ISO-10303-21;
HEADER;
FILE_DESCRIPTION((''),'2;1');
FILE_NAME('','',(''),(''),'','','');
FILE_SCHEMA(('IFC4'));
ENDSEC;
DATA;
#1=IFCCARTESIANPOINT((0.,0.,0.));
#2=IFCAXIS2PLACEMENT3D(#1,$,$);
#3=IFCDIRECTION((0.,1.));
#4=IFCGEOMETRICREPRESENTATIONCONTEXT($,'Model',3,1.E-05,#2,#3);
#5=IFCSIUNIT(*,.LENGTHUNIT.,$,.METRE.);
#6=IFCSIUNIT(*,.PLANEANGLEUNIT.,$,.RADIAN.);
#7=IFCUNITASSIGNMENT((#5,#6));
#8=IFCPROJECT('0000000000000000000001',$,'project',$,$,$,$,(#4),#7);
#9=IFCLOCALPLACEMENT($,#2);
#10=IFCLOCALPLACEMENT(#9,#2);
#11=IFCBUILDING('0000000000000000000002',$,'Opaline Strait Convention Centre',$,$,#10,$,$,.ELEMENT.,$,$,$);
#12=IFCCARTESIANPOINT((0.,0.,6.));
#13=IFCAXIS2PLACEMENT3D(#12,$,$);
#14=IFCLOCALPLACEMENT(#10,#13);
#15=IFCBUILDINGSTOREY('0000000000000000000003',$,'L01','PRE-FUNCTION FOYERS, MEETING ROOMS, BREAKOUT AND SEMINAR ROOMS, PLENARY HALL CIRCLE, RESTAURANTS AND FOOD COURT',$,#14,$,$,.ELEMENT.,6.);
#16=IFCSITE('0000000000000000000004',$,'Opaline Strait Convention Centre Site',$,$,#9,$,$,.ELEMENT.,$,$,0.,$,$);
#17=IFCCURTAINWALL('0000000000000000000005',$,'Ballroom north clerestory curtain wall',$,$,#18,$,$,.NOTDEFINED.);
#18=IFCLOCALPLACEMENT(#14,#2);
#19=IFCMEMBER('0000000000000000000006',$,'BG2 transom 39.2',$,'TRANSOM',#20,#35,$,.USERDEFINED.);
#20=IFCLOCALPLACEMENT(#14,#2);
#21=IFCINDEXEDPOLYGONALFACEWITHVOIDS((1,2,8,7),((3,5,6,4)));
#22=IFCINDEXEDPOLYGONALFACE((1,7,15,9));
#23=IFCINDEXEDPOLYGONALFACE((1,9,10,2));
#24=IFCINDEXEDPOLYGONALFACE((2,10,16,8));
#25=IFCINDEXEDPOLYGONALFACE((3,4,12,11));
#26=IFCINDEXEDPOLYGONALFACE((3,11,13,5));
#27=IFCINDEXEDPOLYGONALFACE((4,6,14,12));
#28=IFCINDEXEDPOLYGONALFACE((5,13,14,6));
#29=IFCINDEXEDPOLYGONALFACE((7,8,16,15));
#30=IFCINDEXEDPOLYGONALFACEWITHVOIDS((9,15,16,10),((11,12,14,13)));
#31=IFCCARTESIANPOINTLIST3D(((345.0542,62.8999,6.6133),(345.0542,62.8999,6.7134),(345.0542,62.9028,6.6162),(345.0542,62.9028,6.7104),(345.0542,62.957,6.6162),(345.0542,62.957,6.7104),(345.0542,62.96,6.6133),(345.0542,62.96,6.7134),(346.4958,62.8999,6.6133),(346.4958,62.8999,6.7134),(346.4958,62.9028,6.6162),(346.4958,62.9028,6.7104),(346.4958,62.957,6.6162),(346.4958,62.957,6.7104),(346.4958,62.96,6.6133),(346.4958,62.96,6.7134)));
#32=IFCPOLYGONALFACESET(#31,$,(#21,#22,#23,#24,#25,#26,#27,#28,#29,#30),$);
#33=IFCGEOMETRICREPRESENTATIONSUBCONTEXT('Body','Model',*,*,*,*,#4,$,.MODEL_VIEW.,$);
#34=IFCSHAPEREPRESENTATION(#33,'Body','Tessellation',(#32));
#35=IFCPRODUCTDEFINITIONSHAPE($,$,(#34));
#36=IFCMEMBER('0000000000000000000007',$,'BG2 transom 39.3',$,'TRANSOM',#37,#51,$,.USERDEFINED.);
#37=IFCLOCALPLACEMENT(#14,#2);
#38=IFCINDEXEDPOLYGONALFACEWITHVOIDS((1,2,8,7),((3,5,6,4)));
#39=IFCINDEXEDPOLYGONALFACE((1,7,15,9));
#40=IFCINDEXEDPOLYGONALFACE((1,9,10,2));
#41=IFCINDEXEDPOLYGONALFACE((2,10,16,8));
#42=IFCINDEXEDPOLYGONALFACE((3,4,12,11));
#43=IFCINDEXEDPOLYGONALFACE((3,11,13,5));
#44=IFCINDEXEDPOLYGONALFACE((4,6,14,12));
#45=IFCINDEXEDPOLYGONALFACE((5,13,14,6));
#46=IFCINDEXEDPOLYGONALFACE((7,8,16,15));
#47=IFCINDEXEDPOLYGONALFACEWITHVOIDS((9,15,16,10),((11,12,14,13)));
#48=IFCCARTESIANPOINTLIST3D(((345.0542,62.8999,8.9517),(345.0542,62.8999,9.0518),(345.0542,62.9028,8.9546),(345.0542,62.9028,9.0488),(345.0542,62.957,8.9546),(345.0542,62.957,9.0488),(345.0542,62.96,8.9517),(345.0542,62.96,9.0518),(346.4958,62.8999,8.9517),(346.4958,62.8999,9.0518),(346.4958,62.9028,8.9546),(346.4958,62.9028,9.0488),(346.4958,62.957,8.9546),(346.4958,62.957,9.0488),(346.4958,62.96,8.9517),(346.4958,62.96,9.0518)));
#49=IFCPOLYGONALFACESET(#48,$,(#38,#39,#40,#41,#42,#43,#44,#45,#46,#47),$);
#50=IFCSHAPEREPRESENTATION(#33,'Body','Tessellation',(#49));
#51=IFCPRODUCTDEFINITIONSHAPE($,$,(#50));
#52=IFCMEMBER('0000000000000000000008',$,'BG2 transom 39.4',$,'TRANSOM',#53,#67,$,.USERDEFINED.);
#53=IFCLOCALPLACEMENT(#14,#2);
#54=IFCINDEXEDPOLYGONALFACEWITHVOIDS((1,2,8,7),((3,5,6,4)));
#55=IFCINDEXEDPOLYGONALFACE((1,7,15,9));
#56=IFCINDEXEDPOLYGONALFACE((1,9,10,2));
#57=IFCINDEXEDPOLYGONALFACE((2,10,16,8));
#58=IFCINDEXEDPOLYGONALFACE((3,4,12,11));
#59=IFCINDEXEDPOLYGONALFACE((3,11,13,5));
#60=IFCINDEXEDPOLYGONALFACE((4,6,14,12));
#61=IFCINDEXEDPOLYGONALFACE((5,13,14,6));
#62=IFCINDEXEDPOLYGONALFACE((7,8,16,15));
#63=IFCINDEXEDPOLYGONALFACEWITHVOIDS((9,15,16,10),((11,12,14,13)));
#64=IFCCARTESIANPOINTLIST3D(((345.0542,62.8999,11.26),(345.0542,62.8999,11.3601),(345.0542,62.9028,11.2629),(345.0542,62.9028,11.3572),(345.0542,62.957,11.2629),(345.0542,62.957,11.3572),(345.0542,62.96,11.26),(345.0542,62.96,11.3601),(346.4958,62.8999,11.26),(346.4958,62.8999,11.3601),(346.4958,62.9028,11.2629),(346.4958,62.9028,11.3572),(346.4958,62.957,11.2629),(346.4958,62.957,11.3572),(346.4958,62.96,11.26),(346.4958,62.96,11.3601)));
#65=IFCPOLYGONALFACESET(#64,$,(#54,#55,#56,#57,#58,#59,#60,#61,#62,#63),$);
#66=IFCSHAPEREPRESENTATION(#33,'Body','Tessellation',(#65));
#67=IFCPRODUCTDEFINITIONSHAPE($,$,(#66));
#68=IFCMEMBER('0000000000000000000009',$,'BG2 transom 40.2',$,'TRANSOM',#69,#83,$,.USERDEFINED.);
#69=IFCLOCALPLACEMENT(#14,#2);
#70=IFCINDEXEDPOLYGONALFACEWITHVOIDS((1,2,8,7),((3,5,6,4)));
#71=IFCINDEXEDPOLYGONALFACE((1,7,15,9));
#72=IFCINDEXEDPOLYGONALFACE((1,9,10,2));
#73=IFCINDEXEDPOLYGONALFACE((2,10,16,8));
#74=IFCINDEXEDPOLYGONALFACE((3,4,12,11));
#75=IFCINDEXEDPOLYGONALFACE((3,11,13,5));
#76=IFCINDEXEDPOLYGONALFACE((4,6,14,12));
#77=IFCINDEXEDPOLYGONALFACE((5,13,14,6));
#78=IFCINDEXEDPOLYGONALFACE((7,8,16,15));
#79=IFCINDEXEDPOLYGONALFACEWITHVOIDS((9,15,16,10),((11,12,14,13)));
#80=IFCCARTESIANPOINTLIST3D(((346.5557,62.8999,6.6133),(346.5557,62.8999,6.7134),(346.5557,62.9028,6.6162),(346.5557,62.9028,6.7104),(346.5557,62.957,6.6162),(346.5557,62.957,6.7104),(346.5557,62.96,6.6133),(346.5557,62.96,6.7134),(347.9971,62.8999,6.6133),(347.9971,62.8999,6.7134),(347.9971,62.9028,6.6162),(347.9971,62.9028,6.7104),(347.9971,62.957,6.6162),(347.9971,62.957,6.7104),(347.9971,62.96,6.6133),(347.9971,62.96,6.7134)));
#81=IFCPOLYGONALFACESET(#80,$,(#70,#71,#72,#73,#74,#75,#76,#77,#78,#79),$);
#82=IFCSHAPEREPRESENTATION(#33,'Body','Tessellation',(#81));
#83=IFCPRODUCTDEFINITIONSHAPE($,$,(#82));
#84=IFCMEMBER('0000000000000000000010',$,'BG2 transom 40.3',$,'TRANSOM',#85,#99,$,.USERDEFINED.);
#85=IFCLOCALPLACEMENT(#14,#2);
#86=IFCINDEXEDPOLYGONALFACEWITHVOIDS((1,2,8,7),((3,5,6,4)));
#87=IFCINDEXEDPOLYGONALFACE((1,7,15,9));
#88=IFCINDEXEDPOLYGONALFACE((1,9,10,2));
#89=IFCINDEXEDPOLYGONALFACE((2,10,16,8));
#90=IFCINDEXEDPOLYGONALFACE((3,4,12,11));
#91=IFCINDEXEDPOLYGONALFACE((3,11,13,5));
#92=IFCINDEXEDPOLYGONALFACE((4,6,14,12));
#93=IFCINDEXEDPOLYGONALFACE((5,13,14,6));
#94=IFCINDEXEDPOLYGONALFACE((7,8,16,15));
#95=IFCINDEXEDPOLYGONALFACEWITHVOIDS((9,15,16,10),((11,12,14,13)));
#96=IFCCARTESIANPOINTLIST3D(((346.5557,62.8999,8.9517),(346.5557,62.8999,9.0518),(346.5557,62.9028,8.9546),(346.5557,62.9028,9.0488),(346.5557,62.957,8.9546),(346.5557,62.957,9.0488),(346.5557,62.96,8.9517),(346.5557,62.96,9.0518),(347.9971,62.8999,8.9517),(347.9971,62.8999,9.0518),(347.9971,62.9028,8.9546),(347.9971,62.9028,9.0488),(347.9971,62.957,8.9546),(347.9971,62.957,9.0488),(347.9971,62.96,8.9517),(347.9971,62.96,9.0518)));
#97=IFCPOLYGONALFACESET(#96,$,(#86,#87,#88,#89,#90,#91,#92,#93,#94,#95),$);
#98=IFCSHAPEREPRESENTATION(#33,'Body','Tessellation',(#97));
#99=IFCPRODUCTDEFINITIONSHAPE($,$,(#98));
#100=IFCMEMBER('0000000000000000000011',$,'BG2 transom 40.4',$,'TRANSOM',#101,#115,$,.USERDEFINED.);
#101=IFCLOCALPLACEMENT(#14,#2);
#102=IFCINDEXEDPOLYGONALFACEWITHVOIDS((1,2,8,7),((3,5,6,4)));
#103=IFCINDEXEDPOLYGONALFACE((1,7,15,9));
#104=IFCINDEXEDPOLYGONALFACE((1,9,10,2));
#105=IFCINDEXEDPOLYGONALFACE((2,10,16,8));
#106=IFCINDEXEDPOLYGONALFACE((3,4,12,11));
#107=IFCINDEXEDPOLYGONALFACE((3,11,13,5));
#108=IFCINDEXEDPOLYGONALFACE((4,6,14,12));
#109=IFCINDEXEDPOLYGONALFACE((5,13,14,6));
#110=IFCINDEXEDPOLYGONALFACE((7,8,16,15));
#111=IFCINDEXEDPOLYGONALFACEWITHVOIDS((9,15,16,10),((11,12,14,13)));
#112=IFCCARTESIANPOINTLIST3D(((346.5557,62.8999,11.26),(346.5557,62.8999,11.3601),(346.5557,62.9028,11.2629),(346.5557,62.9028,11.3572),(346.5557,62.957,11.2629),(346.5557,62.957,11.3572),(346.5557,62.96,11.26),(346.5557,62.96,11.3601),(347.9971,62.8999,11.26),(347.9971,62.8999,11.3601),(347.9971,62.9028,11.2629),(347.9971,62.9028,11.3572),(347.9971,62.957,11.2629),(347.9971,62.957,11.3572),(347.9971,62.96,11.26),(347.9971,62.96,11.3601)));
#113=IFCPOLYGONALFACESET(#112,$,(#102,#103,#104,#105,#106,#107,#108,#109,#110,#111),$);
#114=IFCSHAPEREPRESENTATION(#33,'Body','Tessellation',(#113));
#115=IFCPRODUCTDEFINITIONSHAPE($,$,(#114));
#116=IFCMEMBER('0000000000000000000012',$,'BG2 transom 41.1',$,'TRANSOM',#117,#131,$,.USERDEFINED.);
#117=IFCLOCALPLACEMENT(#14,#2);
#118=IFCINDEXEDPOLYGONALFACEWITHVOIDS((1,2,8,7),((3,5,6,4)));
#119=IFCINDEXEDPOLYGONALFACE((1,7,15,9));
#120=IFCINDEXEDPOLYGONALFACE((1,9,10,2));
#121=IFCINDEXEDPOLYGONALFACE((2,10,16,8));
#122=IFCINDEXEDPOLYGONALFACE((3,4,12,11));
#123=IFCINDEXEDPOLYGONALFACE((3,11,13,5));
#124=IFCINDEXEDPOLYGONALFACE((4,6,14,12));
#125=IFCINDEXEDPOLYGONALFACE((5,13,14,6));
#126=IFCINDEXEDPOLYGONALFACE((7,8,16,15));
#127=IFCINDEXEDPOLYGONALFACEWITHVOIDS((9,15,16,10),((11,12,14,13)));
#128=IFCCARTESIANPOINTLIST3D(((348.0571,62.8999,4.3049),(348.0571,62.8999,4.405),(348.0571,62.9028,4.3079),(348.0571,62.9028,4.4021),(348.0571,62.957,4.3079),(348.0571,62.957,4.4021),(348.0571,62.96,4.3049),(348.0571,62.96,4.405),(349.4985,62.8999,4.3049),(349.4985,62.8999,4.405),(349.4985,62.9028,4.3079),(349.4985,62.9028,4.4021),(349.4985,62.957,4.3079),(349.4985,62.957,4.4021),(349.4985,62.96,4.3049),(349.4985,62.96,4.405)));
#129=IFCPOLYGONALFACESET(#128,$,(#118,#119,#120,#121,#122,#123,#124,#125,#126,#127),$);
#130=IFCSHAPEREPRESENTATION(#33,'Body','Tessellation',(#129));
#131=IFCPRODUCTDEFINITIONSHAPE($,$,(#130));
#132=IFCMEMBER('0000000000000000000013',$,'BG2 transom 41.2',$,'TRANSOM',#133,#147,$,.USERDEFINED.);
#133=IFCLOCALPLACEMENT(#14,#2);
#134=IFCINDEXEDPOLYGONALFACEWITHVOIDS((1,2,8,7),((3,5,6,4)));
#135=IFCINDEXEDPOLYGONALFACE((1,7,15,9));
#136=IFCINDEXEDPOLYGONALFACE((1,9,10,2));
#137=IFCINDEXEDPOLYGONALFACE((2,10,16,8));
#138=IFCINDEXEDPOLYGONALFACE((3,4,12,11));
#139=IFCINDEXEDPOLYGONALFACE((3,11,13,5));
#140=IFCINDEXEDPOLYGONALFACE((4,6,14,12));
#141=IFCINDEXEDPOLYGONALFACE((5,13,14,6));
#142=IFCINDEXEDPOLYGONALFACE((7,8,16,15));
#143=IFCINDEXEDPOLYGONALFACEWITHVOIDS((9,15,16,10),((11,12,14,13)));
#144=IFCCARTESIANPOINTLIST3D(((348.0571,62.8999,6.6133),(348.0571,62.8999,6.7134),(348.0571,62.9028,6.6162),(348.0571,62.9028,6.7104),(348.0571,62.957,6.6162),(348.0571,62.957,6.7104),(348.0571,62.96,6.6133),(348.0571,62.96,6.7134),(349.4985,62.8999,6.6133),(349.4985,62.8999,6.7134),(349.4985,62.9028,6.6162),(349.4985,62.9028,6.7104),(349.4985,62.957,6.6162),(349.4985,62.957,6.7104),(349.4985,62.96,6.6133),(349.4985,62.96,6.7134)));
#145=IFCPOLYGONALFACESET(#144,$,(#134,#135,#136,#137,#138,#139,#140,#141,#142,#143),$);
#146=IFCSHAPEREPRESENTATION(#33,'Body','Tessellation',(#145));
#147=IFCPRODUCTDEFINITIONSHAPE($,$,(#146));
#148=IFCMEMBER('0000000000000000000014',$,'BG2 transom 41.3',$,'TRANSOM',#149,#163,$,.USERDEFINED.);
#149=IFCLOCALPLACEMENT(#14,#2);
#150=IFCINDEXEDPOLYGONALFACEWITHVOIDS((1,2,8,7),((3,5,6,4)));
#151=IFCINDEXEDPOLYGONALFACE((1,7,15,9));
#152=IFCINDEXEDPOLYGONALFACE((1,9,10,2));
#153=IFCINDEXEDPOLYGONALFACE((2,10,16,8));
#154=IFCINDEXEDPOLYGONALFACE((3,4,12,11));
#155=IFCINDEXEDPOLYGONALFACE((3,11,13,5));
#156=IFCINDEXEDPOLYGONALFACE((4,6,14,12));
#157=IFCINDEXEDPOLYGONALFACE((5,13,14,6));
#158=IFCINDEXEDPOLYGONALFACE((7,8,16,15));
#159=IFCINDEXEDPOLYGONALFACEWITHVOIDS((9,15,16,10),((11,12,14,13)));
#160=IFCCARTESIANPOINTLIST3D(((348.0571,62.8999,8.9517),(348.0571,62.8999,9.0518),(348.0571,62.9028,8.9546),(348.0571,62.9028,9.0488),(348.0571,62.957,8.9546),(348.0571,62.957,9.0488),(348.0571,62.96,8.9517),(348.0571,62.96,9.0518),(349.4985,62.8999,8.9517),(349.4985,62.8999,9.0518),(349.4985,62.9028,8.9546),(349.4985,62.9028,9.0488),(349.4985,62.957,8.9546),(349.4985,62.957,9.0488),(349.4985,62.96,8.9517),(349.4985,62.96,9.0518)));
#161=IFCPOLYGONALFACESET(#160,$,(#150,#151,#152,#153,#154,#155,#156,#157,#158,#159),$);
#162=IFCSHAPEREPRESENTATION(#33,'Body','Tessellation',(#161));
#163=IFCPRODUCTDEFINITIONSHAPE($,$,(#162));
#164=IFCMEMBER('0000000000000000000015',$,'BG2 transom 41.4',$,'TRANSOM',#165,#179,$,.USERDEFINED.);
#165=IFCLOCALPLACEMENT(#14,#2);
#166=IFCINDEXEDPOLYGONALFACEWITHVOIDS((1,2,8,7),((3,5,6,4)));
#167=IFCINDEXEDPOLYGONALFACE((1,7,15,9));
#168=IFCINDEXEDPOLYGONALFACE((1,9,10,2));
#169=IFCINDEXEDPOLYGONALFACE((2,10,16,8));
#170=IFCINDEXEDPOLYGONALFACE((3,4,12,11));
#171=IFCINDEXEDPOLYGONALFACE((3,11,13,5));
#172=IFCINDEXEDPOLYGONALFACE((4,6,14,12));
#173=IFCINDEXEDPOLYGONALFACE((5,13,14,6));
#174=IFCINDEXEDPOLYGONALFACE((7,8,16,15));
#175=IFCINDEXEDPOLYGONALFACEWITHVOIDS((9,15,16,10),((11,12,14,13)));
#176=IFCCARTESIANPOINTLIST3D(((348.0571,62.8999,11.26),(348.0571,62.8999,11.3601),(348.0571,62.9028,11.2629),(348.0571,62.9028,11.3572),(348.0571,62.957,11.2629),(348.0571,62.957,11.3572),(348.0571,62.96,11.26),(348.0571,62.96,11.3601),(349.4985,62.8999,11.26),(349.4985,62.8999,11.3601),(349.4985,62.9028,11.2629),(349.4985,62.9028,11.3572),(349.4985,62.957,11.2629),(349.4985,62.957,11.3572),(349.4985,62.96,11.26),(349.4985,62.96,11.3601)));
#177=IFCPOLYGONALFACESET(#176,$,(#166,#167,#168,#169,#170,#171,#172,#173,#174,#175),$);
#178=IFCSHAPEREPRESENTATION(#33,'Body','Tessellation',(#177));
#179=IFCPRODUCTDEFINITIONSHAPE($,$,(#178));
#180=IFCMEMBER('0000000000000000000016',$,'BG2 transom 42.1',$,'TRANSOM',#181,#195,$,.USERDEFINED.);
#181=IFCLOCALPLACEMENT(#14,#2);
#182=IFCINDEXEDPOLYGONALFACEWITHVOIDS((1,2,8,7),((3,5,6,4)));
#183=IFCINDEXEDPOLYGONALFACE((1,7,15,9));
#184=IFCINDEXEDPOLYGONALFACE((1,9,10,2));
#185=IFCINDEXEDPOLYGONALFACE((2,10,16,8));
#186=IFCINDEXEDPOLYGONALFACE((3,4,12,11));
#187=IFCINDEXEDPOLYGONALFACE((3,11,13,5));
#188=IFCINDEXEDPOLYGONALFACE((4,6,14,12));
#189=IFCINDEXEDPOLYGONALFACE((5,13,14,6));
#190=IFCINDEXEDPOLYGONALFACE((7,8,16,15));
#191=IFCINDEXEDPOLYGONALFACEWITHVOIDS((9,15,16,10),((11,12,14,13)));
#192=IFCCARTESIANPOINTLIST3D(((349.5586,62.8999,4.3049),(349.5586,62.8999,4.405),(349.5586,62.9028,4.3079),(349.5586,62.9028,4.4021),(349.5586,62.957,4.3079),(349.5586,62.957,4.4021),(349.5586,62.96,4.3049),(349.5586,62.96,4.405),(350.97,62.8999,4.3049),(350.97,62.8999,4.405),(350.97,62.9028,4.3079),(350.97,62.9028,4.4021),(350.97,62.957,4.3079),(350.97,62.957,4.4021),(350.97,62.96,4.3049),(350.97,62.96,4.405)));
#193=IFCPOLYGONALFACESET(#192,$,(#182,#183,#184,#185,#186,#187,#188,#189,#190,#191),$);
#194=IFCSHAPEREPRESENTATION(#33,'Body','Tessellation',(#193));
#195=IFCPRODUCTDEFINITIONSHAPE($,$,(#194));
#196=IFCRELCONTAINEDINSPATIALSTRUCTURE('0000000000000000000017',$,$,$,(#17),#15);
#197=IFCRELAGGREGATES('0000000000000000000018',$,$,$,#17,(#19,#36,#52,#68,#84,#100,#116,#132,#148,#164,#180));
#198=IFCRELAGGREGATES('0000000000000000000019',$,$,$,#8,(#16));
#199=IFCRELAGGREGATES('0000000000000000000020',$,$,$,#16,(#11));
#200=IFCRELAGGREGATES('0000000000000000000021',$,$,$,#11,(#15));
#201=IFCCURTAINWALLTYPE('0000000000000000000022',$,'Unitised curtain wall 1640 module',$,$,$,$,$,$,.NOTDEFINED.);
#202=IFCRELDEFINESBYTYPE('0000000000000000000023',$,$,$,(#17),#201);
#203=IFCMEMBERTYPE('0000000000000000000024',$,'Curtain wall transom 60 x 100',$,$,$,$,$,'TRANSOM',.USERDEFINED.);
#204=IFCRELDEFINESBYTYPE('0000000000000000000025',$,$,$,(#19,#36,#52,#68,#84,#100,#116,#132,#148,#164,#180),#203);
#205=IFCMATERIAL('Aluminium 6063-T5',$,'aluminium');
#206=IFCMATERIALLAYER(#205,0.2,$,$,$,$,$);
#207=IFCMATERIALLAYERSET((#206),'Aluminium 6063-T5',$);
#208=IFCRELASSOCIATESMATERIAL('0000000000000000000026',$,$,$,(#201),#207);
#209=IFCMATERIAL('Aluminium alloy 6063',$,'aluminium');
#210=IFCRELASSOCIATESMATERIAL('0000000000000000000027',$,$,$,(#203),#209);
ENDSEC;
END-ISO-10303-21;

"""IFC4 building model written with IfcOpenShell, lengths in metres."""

from ifc_helpers import new_model, si_unit, direction, frame, origin, origin_2d, place, context, subcontext, project, spatial, hollow_rectangle, extrude, material, layer, layer_set, material_profile, profile_set, type_object, element, aggregate, save


model = new_model("IFC4")

# Units and contexts
model_context = context("Model", 3, precision=1e-05, world=origin(), true_north=direction((0.0, 1.0)))
body_context = subcontext(model_context, "Body", "Model", "MODEL_VIEW")
ifc_project = project(units=[si_unit("LENGTHUNIT", "METRE"), si_unit("PLANEANGLEUNIT", "RADIAN")], contexts=[model_context])

# Site, building, storey
site_placement = place(None, origin())
site = spatial("IfcSite", under=ifc_project, at=site_placement, Name="Opaline Strait Convention Centre Site", CompositionType="ELEMENT", RefElevation=0.0)
building_placement = place(site_placement, origin())
building = spatial("IfcBuilding", under=site, at=building_placement, Name="Opaline Strait Convention Centre", CompositionType="ELEMENT")
storey_placement = place(building_placement, frame((0.0, 0.0, 6.0)))
storey = spatial("IfcBuildingStorey", under=building, at=storey_placement, Name="L01", Description="PRE-FUNCTION FOYERS, MEETING ROOMS, BREAKOUT AND SEMINAR ROOMS, PLENARY HALL CIRCLE, RESTAURANTS AND FOOD COURT", CompositionType="ELEMENT", Elevation=6.0)

# Curtain wall, members
ifc_material_1 = material(Name="Aluminium 6063-T5", Category="aluminium")
ifc_layer_1 = layer(ifc_material_1, 0.2)
ifc_layer_set_1 = layer_set([ifc_layer_1], Name="Aluminium 6063-T5")
curtain_wall_type = type_object("IfcCurtainWallType", Name="Unitised curtain wall 1640 module", PredefinedType="NOTDEFINED", material=ifc_layer_set_1)
curtain_wall_placement = place(storey_placement, origin())
curtain_wall = element("IfcCurtainWall", 1, at=curtain_wall_placement, inside=storey, type_object=curtain_wall_type, Name="Ballroom north clerestory curtain wall", PredefinedType="NOTDEFINED")
ifc_material_2 = material(Name="Aluminium alloy 6063", Category="aluminium")
ifc_material_profile = material_profile(ifc_material_2, hollow_rectangle(XDim=0.0601, YDim=0.1001, WallThickness=0.0029, at=origin_2d()), Name="TRANSOM 60x100x3")
ifc_profile_set = profile_set([ifc_material_profile], Name="Aluminium alloy 6063")
member_type = type_object("IfcMemberType", Name="Curtain wall transom 60 x 100", ElementType="TRANSOM", PredefinedType="USERDEFINED", material=ifc_profile_set)
member_1_placement = place(storey_placement, frame((345.0542, 62.9299, 6.6633), z_axis=(1.0, 0.0, 0.0), x_axis=(0.0, 1.0, 0.0)))
member_1 = element("IfcMember", 2, at=member_1_placement, type_object=member_type, Name="BG2 transom 39.2", ObjectType="TRANSOM", PredefinedType="USERDEFINED", context=body_context, shape_type="SweptSolid", body=[
    extrude(hollow_rectangle(XDim=0.0601, YDim=0.1001, WallThickness=0.0029, at=origin_2d()), origin(), (0.0, 0.0, 1.0), 1.4417),
])
member_2_placement = place(storey_placement, frame((345.0542, 62.9299, 9.0017), z_axis=(1.0, 0.0, 0.0), x_axis=(0.0, 1.0, 0.0)))
member_2 = element("IfcMember", 3, at=member_2_placement, type_object=member_type, Name="BG2 transom 39.3", ObjectType="TRANSOM", PredefinedType="USERDEFINED", context=body_context, shape_type="SweptSolid", body=[
    extrude(hollow_rectangle(XDim=0.0601, YDim=0.1001, WallThickness=0.0029, at=origin_2d()), origin(), (0.0, 0.0, 1.0), 1.4417),
])
member_3_placement = place(storey_placement, frame((345.0542, 62.9299, 11.3101), z_axis=(1.0, 0.0, 0.0), x_axis=(0.0, 1.0, 0.0)))
member_3 = element("IfcMember", 4, at=member_3_placement, type_object=member_type, Name="BG2 transom 39.4", ObjectType="TRANSOM", PredefinedType="USERDEFINED", context=body_context, shape_type="SweptSolid", body=[
    extrude(hollow_rectangle(XDim=0.0601, YDim=0.1001, WallThickness=0.0029, at=origin_2d()), origin(), (0.0, 0.0, 1.0), 1.4417),
])
member_4_placement = place(storey_placement, frame((346.5557, 62.9299, 6.6633), z_axis=(1.0, 0.0, 0.0), x_axis=(0.0, 1.0, 0.0)))
member_4 = element("IfcMember", 5, at=member_4_placement, type_object=member_type, Name="BG2 transom 40.2", ObjectType="TRANSOM", PredefinedType="USERDEFINED", context=body_context, shape_type="SweptSolid", body=[
    extrude(hollow_rectangle(XDim=0.0601, YDim=0.1001, WallThickness=0.0029, at=origin_2d()), origin(), (0.0, 0.0, 1.0), 1.4414),
])
member_5_placement = place(storey_placement, frame((346.5557, 62.9299, 9.0017), z_axis=(1.0, 0.0, 0.0), x_axis=(0.0, 1.0, 0.0)))
member_5 = element("IfcMember", 6, at=member_5_placement, type_object=member_type, Name="BG2 transom 40.3", ObjectType="TRANSOM", PredefinedType="USERDEFINED", context=body_context, shape_type="SweptSolid", body=[
    extrude(hollow_rectangle(XDim=0.0601, YDim=0.1001, WallThickness=0.0029, at=origin_2d()), origin(), (0.0, 0.0, 1.0), 1.4414),
])
member_6_placement = place(storey_placement, frame((346.5557, 62.9299, 11.3101), z_axis=(1.0, 0.0, 0.0), x_axis=(0.0, 1.0, 0.0)))
member_6 = element("IfcMember", 7, at=member_6_placement, type_object=member_type, Name="BG2 transom 40.4", ObjectType="TRANSOM", PredefinedType="USERDEFINED", context=body_context, shape_type="SweptSolid", body=[
    extrude(hollow_rectangle(XDim=0.0601, YDim=0.1001, WallThickness=0.0029, at=origin_2d()), origin(), (0.0, 0.0, 1.0), 1.4414),
])
member_7_placement = place(storey_placement, frame((348.0571, 62.9299, 4.355), z_axis=(1.0, 0.0, 0.0), x_axis=(0.0, 1.0, 0.0)))
member_7 = element("IfcMember", 8, at=member_7_placement, type_object=member_type, Name="BG2 transom 41.1", ObjectType="TRANSOM", PredefinedType="USERDEFINED", context=body_context, shape_type="SweptSolid", body=[
    extrude(hollow_rectangle(XDim=0.0601, YDim=0.1001, WallThickness=0.0029, at=origin_2d()), origin(), (0.0, 0.0, 1.0), 1.4414),
])
member_8_placement = place(storey_placement, frame((348.0571, 62.9299, 6.6633), z_axis=(1.0, 0.0, 0.0), x_axis=(0.0, 1.0, 0.0)))
member_8 = element("IfcMember", 9, at=member_8_placement, type_object=member_type, Name="BG2 transom 41.2", ObjectType="TRANSOM", PredefinedType="USERDEFINED", context=body_context, shape_type="SweptSolid", body=[
    extrude(hollow_rectangle(XDim=0.0601, YDim=0.1001, WallThickness=0.0029, at=origin_2d()), origin(), (0.0, 0.0, 1.0), 1.4414),
])
member_9_placement = place(storey_placement, frame((348.0571, 62.9299, 9.0017), z_axis=(1.0, 0.0, 0.0), x_axis=(0.0, 1.0, 0.0)))
member_9 = element("IfcMember", 10, at=member_9_placement, type_object=member_type, Name="BG2 transom 41.3", ObjectType="TRANSOM", PredefinedType="USERDEFINED", context=body_context, shape_type="SweptSolid", body=[
    extrude(hollow_rectangle(XDim=0.0601, YDim=0.1001, WallThickness=0.0029, at=origin_2d()), origin(), (0.0, 0.0, 1.0), 1.4414),
])
member_10_placement = place(storey_placement, frame((348.0571, 62.9299, 11.3101), z_axis=(1.0, 0.0, 0.0), x_axis=(0.0, 1.0, 0.0)))
member_10 = element("IfcMember", 11, at=member_10_placement, type_object=member_type, Name="BG2 transom 41.4", ObjectType="TRANSOM", PredefinedType="USERDEFINED", context=body_context, shape_type="SweptSolid", body=[
    extrude(hollow_rectangle(XDim=0.0601, YDim=0.1001, WallThickness=0.0029, at=origin_2d()), origin(), (0.0, 0.0, 1.0), 1.4414),
])
member_11_placement = place(storey_placement, frame((349.5586, 62.9299, 4.355), z_axis=(1.0, 0.0, 0.0), x_axis=(0.0, 1.0, 0.0)))
member_11 = element("IfcMember", 12, at=member_11_placement, type_object=member_type, Name="BG2 transom 42.1", ObjectType="TRANSOM", PredefinedType="USERDEFINED", context=body_context, shape_type="SweptSolid", body=[
    extrude(hollow_rectangle(XDim=0.0601, YDim=0.1001, WallThickness=0.0029, at=origin_2d()), origin(), (0.0, 0.0, 1.0), 1.4114),
])
aggregate(curtain_wall, [member_1, member_2, member_3, member_4, member_5, member_6, member_7, member_8, member_9, member_10, member_11])

save(model, "model.ifc")
